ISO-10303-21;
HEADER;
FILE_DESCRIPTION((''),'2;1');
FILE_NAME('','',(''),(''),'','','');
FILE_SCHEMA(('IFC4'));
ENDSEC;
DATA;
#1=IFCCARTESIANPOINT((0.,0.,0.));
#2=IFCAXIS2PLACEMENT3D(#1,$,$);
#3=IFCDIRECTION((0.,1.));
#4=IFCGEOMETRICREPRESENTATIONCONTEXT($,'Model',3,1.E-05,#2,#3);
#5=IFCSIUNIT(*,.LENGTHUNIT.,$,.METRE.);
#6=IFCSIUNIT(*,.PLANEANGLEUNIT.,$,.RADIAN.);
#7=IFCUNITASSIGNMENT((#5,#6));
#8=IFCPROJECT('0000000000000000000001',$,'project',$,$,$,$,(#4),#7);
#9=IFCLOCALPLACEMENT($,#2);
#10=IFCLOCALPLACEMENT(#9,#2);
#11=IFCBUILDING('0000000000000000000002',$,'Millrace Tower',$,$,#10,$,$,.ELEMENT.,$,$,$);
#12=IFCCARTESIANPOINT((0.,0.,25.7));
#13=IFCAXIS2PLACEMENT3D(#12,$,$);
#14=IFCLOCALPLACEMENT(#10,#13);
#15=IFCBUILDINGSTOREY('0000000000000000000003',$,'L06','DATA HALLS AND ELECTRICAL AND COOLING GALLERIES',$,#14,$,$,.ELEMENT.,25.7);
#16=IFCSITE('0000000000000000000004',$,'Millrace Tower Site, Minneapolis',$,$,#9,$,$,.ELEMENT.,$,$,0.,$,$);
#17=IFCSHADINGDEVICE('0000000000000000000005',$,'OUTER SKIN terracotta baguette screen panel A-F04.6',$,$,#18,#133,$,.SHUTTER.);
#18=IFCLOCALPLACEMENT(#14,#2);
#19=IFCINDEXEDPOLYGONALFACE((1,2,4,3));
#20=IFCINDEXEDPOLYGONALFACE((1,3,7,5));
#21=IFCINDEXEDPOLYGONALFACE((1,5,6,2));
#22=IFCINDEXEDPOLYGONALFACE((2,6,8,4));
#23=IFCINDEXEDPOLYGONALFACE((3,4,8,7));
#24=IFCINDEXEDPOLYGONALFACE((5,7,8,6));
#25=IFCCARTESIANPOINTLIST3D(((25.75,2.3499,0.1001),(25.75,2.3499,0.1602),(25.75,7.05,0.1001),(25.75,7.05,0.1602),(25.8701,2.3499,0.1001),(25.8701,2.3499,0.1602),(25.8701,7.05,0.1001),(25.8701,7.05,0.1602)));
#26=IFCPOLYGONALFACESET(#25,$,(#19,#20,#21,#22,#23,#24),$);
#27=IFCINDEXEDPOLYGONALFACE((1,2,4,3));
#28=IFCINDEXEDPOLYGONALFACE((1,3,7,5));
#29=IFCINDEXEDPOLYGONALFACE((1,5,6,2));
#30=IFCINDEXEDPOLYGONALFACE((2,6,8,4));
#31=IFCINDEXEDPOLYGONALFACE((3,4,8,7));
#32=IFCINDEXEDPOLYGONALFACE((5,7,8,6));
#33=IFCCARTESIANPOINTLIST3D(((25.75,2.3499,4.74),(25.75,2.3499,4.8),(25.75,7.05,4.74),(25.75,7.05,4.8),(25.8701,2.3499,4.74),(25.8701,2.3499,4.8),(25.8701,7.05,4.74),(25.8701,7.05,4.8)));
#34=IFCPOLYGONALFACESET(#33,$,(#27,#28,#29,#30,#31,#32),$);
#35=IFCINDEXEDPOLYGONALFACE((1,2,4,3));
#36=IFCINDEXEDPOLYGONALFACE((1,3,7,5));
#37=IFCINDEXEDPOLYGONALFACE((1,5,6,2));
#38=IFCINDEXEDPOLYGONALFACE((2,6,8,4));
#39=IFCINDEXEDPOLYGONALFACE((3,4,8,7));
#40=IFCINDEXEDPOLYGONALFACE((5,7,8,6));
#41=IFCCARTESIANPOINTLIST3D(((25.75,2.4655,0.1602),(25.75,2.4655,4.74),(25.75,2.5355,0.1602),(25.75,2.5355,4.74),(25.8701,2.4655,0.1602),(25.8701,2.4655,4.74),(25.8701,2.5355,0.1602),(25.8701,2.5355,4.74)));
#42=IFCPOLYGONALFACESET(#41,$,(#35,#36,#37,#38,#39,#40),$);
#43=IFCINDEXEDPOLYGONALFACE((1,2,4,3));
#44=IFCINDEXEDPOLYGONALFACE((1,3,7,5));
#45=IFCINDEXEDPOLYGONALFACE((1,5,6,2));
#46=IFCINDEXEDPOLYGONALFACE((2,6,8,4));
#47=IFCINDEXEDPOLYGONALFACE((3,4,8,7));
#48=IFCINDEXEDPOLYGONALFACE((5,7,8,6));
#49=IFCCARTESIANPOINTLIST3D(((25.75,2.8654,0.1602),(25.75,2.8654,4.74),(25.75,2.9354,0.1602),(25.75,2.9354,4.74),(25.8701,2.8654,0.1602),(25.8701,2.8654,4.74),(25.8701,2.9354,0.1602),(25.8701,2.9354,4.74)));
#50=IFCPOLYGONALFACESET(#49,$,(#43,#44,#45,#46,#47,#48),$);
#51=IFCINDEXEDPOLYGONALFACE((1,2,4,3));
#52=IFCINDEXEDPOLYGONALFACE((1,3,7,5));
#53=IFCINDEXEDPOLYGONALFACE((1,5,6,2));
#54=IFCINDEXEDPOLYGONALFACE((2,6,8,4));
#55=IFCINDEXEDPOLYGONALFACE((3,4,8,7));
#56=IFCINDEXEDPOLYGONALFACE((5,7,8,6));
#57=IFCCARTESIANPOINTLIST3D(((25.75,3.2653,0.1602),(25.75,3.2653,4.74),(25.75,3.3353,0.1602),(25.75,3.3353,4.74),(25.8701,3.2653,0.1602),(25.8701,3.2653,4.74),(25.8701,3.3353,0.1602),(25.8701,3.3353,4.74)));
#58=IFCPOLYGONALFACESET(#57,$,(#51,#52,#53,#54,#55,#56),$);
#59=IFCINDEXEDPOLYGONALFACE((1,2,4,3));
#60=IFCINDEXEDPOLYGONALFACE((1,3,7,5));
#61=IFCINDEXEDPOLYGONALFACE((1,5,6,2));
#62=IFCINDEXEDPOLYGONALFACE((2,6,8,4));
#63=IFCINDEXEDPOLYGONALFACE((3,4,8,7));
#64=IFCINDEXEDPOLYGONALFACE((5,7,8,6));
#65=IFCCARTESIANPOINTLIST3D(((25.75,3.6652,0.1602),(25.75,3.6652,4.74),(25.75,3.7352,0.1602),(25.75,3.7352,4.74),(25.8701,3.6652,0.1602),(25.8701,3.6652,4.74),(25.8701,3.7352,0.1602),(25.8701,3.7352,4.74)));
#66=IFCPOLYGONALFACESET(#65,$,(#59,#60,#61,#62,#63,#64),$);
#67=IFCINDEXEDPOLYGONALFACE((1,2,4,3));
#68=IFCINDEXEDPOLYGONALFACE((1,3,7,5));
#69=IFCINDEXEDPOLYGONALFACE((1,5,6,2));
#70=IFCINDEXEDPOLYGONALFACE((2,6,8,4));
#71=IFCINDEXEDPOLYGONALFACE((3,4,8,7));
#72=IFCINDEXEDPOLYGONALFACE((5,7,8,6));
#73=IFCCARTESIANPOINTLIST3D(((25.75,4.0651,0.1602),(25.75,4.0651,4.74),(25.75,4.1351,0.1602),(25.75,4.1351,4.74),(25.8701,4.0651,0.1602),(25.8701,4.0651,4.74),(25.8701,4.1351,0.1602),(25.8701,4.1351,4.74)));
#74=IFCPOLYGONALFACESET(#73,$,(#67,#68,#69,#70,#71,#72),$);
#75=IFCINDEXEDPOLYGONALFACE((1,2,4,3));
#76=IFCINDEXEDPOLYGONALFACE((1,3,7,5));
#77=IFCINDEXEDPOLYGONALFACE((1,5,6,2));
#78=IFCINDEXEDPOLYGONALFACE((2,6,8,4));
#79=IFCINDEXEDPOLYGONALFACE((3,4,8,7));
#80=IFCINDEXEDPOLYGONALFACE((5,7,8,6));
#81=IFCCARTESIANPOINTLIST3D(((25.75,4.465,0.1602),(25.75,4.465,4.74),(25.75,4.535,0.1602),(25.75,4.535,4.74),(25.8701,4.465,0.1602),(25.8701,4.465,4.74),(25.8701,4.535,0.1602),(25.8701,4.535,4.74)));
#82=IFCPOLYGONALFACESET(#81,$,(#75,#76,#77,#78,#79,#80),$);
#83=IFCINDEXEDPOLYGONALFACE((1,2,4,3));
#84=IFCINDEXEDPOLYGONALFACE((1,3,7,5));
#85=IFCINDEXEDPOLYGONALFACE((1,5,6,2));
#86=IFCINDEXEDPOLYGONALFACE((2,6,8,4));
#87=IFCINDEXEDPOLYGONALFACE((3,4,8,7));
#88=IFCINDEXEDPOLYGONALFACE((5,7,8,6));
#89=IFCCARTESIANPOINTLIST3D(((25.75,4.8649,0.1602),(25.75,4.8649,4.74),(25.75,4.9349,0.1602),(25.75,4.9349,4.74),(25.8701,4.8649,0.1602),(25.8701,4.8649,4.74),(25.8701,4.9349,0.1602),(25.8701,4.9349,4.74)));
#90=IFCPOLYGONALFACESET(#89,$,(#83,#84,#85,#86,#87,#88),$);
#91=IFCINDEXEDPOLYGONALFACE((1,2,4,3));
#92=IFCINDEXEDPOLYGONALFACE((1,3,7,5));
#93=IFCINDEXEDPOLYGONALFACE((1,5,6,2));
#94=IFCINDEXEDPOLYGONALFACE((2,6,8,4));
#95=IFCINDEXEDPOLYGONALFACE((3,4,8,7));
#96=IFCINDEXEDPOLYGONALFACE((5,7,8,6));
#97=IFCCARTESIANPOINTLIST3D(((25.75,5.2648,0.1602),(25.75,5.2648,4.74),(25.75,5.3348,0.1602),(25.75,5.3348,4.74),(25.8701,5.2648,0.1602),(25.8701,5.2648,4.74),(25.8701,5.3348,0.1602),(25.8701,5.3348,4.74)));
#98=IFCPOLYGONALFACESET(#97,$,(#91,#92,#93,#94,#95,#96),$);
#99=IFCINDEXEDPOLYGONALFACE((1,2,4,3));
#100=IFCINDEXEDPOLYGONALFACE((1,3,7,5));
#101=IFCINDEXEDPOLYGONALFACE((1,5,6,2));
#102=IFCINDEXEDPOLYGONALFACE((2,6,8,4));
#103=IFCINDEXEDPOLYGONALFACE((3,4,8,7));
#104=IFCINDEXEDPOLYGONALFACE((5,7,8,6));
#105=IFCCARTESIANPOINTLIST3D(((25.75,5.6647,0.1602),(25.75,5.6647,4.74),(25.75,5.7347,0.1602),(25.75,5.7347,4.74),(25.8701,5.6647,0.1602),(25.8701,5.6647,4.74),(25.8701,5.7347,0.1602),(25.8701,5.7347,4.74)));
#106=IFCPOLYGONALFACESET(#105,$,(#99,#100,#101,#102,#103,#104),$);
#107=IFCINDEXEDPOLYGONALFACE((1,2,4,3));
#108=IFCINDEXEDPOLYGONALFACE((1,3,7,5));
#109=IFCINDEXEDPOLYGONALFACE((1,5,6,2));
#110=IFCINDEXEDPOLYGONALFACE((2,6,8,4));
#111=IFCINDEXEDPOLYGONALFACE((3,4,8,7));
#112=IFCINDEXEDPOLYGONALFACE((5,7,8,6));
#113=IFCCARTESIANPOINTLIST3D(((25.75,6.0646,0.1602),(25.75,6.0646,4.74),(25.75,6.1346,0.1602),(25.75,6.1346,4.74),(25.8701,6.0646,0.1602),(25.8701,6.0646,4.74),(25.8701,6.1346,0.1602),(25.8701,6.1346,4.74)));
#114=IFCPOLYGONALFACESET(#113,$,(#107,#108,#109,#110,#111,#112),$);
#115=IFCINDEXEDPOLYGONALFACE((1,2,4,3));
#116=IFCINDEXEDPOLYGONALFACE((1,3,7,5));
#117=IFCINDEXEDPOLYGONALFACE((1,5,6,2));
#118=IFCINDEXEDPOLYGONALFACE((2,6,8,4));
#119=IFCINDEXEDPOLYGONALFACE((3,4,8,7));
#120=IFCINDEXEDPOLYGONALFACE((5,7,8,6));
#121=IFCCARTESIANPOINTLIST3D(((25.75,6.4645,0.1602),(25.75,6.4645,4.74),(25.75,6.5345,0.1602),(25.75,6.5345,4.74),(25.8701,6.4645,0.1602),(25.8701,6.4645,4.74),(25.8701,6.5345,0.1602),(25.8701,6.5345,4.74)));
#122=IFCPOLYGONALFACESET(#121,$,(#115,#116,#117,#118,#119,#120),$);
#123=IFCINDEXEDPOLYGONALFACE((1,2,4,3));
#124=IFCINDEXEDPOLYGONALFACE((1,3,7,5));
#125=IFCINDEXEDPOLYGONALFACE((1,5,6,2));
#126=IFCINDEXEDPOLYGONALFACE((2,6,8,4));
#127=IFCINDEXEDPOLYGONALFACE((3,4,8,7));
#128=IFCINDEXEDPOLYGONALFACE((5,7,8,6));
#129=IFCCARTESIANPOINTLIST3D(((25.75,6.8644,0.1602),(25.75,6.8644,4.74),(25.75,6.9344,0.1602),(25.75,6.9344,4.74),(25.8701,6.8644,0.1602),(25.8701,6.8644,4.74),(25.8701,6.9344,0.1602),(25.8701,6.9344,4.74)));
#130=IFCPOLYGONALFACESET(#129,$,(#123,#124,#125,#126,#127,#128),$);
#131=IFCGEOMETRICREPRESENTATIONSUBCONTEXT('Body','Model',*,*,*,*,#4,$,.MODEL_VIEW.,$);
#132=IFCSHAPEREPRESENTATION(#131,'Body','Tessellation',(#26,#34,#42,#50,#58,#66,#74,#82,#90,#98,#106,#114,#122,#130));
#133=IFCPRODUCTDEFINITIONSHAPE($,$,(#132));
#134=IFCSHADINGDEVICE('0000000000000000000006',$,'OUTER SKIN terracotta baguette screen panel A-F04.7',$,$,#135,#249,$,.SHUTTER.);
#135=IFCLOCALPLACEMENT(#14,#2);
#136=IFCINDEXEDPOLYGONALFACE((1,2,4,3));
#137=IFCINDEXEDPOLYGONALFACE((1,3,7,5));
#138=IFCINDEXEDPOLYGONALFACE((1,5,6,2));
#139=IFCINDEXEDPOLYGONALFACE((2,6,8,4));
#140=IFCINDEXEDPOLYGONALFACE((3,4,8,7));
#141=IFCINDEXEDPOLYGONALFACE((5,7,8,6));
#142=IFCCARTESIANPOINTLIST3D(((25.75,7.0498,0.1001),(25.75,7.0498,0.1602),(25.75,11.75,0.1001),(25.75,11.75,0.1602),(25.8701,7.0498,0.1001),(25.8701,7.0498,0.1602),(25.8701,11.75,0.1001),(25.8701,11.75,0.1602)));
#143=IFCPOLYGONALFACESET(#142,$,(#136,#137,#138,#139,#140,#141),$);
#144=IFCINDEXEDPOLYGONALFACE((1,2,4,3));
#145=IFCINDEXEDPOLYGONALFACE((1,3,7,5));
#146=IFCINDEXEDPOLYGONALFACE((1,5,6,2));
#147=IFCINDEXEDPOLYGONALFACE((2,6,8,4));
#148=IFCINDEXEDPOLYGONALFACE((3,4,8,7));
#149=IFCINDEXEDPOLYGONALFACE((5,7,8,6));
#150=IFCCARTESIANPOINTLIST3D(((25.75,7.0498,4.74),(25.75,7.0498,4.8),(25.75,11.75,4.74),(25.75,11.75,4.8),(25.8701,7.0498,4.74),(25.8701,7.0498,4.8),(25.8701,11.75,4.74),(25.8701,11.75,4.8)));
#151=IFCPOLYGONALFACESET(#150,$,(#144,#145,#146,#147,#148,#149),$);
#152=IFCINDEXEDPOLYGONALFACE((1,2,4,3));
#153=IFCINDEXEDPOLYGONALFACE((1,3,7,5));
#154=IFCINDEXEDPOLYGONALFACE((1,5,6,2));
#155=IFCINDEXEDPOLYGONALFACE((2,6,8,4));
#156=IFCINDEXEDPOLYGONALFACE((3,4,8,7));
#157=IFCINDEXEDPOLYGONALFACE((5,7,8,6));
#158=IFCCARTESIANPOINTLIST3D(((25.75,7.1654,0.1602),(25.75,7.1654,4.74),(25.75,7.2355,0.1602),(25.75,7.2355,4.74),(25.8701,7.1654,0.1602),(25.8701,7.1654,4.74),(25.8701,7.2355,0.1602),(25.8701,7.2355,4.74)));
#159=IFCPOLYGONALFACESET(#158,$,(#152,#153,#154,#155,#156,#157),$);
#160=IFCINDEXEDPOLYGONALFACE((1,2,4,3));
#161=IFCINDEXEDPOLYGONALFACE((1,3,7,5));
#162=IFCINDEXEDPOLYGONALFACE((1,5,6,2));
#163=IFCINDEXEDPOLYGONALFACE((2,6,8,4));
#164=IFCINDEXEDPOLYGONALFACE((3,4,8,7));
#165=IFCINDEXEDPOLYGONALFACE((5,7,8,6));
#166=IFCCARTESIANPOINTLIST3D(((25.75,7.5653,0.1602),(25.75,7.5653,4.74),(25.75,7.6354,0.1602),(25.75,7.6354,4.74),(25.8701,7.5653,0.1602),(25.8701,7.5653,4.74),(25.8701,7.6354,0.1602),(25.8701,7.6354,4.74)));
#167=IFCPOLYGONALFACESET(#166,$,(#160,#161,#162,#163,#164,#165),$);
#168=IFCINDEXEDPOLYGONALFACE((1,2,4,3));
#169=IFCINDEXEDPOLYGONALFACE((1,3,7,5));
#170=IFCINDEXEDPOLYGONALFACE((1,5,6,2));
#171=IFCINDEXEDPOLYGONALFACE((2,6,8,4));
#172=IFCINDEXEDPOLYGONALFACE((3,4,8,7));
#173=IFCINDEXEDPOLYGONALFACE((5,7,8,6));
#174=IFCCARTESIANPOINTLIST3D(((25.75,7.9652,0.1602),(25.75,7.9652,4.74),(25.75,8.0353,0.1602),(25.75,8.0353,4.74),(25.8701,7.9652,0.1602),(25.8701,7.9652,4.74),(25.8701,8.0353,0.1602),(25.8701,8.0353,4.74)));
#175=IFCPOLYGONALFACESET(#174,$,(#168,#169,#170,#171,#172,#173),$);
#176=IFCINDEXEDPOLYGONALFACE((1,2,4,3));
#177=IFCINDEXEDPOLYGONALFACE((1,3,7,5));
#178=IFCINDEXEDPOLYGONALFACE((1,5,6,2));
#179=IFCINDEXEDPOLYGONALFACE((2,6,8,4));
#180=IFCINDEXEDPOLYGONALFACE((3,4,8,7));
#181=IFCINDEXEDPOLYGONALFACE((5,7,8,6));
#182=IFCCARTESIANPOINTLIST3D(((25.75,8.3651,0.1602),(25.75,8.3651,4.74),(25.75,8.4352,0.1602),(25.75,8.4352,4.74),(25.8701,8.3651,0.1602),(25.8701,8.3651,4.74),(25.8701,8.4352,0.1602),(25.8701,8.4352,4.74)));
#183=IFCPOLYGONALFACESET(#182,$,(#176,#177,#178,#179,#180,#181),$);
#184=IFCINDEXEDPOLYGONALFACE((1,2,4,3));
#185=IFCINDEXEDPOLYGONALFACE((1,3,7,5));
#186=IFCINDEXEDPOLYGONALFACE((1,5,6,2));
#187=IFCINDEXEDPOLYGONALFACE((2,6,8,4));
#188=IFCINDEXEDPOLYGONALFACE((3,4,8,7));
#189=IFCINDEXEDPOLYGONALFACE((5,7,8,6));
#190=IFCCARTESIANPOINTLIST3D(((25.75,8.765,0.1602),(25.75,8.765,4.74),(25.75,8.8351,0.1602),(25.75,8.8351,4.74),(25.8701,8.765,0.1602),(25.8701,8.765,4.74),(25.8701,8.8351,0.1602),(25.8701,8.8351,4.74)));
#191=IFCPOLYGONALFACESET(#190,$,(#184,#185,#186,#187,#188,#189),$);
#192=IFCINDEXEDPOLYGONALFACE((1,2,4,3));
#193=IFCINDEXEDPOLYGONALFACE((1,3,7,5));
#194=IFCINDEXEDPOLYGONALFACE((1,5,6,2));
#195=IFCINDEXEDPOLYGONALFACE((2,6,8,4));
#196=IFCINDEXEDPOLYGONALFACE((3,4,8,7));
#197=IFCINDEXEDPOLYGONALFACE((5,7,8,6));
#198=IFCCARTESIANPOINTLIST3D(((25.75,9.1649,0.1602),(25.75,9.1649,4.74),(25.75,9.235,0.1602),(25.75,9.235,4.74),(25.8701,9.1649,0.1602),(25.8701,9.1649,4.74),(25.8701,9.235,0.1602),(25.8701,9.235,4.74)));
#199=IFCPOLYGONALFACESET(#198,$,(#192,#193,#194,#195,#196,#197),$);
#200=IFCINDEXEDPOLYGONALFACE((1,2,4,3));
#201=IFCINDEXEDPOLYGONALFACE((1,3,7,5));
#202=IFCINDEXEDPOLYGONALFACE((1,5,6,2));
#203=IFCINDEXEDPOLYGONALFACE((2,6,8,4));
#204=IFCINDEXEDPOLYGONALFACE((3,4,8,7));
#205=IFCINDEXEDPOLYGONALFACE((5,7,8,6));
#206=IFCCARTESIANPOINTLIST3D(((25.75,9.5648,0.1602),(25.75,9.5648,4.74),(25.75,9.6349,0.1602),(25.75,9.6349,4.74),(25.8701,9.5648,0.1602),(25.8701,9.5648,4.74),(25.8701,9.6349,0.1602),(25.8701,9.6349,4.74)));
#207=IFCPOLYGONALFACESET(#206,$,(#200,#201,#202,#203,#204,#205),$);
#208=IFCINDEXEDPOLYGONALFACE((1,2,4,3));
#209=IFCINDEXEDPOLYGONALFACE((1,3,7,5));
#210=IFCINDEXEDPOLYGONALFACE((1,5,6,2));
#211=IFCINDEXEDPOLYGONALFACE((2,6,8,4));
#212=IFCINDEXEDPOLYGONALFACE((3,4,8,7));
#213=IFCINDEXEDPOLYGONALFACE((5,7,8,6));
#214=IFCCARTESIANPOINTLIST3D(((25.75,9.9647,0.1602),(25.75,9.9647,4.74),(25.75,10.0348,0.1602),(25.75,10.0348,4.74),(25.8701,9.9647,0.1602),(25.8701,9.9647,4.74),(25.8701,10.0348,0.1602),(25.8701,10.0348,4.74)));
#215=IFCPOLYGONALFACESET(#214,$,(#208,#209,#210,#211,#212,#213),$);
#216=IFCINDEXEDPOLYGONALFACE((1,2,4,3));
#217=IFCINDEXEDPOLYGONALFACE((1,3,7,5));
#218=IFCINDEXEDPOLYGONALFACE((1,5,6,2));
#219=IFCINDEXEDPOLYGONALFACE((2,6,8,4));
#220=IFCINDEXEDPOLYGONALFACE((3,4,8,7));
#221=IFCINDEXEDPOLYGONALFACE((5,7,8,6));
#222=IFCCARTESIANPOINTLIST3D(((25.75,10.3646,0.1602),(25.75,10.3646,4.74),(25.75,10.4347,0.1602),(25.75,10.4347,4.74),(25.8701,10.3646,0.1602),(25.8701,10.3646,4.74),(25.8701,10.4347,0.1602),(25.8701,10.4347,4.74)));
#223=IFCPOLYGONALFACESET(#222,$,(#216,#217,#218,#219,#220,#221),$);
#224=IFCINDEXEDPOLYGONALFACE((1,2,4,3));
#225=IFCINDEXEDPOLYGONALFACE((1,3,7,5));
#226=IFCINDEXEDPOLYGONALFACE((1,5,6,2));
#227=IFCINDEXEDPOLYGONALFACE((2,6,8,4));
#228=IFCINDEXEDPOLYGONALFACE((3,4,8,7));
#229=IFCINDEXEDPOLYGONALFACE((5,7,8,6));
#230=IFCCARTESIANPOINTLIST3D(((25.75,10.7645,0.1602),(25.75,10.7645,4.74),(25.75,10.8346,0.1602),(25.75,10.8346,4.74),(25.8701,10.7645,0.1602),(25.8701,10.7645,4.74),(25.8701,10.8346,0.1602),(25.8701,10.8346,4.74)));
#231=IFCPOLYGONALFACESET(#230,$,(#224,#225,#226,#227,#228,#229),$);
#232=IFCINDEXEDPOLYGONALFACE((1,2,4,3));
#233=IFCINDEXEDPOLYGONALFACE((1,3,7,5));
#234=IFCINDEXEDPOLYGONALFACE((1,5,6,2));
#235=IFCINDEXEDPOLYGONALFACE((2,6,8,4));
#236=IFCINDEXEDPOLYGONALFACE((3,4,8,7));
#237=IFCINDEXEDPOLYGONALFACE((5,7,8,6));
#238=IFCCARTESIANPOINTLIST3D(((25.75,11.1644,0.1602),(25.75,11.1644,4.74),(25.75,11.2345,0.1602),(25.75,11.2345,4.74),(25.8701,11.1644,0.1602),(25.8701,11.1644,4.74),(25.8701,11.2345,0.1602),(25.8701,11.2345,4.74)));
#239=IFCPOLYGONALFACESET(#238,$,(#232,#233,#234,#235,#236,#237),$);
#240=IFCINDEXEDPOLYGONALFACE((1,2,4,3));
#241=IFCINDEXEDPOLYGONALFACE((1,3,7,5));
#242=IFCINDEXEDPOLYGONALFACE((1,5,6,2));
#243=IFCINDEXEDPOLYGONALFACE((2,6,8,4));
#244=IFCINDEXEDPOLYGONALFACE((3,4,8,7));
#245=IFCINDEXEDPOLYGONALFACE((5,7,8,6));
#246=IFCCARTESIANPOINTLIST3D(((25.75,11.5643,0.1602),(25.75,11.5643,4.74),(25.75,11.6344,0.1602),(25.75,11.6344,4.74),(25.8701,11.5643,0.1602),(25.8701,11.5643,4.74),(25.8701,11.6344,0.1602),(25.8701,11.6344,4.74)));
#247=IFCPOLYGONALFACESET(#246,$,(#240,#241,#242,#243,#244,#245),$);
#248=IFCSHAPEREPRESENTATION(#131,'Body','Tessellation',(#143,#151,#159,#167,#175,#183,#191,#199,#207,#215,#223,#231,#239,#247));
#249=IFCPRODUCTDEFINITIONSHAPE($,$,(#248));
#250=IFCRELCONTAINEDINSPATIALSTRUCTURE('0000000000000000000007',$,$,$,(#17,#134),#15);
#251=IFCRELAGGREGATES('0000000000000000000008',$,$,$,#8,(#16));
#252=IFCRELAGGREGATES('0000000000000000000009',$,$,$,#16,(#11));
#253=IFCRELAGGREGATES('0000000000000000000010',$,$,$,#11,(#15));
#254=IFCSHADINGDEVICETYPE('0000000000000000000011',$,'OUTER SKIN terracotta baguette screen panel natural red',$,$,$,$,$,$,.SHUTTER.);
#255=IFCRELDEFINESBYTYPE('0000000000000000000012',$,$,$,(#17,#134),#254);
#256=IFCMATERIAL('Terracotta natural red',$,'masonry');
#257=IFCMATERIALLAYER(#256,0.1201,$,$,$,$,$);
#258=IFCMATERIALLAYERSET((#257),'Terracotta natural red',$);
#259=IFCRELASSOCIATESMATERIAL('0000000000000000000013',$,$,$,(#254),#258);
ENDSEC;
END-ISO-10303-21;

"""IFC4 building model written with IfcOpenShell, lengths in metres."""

from ifc_helpers import new_model, entity, si_unit, direction, frame, frame_2d, origin, place, context, subcontext, project, spatial, rectangle, extrude, source, transform, mapped, material, layer, layer_set, type_object, element, save


model = new_model("IFC4")

# Units and contexts
model_context = context("Model", 3, precision=1e-05, world=origin(), true_north=direction((0.0, 1.0)))
body_context = subcontext(model_context, "Body", "Model", "MODEL_VIEW")
ifc_project = project(units=[si_unit("LENGTHUNIT", "METRE"), si_unit("PLANEANGLEUNIT", "RADIAN")], contexts=[model_context])

# Site, building, storey
site_placement = place(None, origin())
site = spatial("IfcSite", under=ifc_project, at=site_placement, Name="Millrace Tower Site, Minneapolis", CompositionType="ELEMENT", RefElevation=0.0)
building_placement = place(site_placement, origin())
building = spatial("IfcBuilding", under=site, at=building_placement, Name="Millrace Tower", CompositionType="ELEMENT")
storey_placement = place(building_placement, frame((0.0, 0.0, 25.7)))
storey = spatial("IfcBuildingStorey", under=building, at=storey_placement, Name="L06", Description="DATA HALLS AND ELECTRICAL AND COOLING GALLERIES", CompositionType="ELEMENT", Elevation=25.7)

# Shading devices
cartesian_point = entity("IfcCartesianPoint", [-2.3501, 0.0601])
shared_polyline = entity("IfcPolyline", [cartesian_point, entity("IfcCartesianPoint", [2.3501, 0.0601]), entity("IfcCartesianPoint", [2.3501, -0.0601]), entity("IfcCartesianPoint", [-2.3501, -0.0601]), cartesian_point])
ifc_material_1 = material(Name="Terracotta natural red", Category="masonry")
ifc_layer_1 = layer(ifc_material_1, 0.1201)
ifc_layer_set_1 = layer_set([ifc_layer_1], Name="Terracotta natural red")
shading_device_type_1 = type_object("IfcShadingDeviceType", Name="OUTER SKIN terracotta baguette screen panel natural red", PredefinedType="SHUTTER", material=ifc_layer_set_1)
shared_shape_1 = source(origin(), body_context, "Body", "SweptSolid", [
    entity("IfcExtrudedAreaSolid", entity("IfcArbitraryClosedProfileDef", "AREA", None, shared_polyline), entity("IfcAxis2Placement3D", entity("IfcCartesianPoint", [0.0, 0.0, 0.0])), entity("IfcDirection", [0.0, 0.0, 1.0]), 0.0601),
    entity("IfcExtrudedAreaSolid", entity("IfcArbitraryClosedProfileDef", "AREA", None, shared_polyline), entity("IfcAxis2Placement3D", entity("IfcCartesianPoint", [0.0, 0.0, 4.6399])), entity("IfcDirection", [0.0, 0.0, 1.0]), 0.0601),
    extrude(rectangle(XDim=0.0701, YDim=0.1201, at=frame_2d((-2.1995, 0.0))), frame((0.0, 0.0, 0.0601)), (0.0, 0.0, 1.0), 4.5798),
    extrude(rectangle(XDim=0.0701, YDim=0.1201, at=frame_2d((-1.7996, 0.0))), frame((0.0, 0.0, 0.0601)), (0.0, 0.0, 1.0), 4.5798),
    extrude(rectangle(XDim=0.0701, YDim=0.1201, at=frame_2d((-1.3997, 0.0))), frame((0.0, 0.0, 0.0601)), (0.0, 0.0, 1.0), 4.5798),
    extrude(rectangle(XDim=0.0701, YDim=0.1201, at=frame_2d((-0.9998, 0.0))), frame((0.0, 0.0, 0.0601)), (0.0, 0.0, 1.0), 4.5798),
    extrude(rectangle(XDim=0.0701, YDim=0.1201, at=frame_2d((-0.5999, 0.0))), frame((0.0, 0.0, 0.0601)), (0.0, 0.0, 1.0), 4.5798),
    extrude(rectangle(XDim=0.0701, YDim=0.1201, at=frame_2d((-0.2, 0.0))), frame((0.0, 0.0, 0.0601)), (0.0, 0.0, 1.0), 4.5798),
    extrude(rectangle(XDim=0.0701, YDim=0.1201, at=frame_2d((0.2, 0.0))), frame((0.0, 0.0, 0.0601)), (0.0, 0.0, 1.0), 4.5798),
    extrude(rectangle(XDim=0.0701, YDim=0.1201, at=frame_2d((0.5999, 0.0))), frame((0.0, 0.0, 0.0601)), (0.0, 0.0, 1.0), 4.5798),
    extrude(rectangle(XDim=0.0701, YDim=0.1201, at=frame_2d((0.9998, 0.0))), frame((0.0, 0.0, 0.0601)), (0.0, 0.0, 1.0), 4.5798),
    extrude(rectangle(XDim=0.0701, YDim=0.1201, at=frame_2d((1.3997, 0.0))), frame((0.0, 0.0, 0.0601)), (0.0, 0.0, 1.0), 4.5798),
    extrude(rectangle(XDim=0.0701, YDim=0.1201, at=frame_2d((1.7996, 0.0))), frame((0.0, 0.0, 0.0601)), (0.0, 0.0, 1.0), 4.5798),
    extrude(rectangle(XDim=0.0701, YDim=0.1201, at=frame_2d((2.1995, 0.0))), frame((0.0, 0.0, 0.0601)), (0.0, 0.0, 1.0), 4.5798),
])
for number, where, z_axis, x_axis, name in (
    (1, (25.8101, 4.7, 0.1001), (0.0, 0.0, 1.0), (0.0, 1.0, 0.0), "OUTER SKIN terracotta baguette screen panel A-F04.6"),
    (2, (25.8101, 9.3999, 0.1001), (0.0, 0.0, 1.0), (0.0, 1.0, 0.0), "OUTER SKIN terracotta baguette screen panel A-F04.7"),
):
    element("IfcShadingDevice", number, at=place(storey_placement, frame(where, z_axis=z_axis, x_axis=x_axis)), inside=storey, type_object=shading_device_type_1, Name=name, PredefinedType="SHUTTER", context=body_context, shape_type="MappedRepresentation", body=[
        mapped(shared_shape_1, transform((0.0, 0.0, 0.0), scale=1.0)),
    ])

save(model, "model.ifc")
